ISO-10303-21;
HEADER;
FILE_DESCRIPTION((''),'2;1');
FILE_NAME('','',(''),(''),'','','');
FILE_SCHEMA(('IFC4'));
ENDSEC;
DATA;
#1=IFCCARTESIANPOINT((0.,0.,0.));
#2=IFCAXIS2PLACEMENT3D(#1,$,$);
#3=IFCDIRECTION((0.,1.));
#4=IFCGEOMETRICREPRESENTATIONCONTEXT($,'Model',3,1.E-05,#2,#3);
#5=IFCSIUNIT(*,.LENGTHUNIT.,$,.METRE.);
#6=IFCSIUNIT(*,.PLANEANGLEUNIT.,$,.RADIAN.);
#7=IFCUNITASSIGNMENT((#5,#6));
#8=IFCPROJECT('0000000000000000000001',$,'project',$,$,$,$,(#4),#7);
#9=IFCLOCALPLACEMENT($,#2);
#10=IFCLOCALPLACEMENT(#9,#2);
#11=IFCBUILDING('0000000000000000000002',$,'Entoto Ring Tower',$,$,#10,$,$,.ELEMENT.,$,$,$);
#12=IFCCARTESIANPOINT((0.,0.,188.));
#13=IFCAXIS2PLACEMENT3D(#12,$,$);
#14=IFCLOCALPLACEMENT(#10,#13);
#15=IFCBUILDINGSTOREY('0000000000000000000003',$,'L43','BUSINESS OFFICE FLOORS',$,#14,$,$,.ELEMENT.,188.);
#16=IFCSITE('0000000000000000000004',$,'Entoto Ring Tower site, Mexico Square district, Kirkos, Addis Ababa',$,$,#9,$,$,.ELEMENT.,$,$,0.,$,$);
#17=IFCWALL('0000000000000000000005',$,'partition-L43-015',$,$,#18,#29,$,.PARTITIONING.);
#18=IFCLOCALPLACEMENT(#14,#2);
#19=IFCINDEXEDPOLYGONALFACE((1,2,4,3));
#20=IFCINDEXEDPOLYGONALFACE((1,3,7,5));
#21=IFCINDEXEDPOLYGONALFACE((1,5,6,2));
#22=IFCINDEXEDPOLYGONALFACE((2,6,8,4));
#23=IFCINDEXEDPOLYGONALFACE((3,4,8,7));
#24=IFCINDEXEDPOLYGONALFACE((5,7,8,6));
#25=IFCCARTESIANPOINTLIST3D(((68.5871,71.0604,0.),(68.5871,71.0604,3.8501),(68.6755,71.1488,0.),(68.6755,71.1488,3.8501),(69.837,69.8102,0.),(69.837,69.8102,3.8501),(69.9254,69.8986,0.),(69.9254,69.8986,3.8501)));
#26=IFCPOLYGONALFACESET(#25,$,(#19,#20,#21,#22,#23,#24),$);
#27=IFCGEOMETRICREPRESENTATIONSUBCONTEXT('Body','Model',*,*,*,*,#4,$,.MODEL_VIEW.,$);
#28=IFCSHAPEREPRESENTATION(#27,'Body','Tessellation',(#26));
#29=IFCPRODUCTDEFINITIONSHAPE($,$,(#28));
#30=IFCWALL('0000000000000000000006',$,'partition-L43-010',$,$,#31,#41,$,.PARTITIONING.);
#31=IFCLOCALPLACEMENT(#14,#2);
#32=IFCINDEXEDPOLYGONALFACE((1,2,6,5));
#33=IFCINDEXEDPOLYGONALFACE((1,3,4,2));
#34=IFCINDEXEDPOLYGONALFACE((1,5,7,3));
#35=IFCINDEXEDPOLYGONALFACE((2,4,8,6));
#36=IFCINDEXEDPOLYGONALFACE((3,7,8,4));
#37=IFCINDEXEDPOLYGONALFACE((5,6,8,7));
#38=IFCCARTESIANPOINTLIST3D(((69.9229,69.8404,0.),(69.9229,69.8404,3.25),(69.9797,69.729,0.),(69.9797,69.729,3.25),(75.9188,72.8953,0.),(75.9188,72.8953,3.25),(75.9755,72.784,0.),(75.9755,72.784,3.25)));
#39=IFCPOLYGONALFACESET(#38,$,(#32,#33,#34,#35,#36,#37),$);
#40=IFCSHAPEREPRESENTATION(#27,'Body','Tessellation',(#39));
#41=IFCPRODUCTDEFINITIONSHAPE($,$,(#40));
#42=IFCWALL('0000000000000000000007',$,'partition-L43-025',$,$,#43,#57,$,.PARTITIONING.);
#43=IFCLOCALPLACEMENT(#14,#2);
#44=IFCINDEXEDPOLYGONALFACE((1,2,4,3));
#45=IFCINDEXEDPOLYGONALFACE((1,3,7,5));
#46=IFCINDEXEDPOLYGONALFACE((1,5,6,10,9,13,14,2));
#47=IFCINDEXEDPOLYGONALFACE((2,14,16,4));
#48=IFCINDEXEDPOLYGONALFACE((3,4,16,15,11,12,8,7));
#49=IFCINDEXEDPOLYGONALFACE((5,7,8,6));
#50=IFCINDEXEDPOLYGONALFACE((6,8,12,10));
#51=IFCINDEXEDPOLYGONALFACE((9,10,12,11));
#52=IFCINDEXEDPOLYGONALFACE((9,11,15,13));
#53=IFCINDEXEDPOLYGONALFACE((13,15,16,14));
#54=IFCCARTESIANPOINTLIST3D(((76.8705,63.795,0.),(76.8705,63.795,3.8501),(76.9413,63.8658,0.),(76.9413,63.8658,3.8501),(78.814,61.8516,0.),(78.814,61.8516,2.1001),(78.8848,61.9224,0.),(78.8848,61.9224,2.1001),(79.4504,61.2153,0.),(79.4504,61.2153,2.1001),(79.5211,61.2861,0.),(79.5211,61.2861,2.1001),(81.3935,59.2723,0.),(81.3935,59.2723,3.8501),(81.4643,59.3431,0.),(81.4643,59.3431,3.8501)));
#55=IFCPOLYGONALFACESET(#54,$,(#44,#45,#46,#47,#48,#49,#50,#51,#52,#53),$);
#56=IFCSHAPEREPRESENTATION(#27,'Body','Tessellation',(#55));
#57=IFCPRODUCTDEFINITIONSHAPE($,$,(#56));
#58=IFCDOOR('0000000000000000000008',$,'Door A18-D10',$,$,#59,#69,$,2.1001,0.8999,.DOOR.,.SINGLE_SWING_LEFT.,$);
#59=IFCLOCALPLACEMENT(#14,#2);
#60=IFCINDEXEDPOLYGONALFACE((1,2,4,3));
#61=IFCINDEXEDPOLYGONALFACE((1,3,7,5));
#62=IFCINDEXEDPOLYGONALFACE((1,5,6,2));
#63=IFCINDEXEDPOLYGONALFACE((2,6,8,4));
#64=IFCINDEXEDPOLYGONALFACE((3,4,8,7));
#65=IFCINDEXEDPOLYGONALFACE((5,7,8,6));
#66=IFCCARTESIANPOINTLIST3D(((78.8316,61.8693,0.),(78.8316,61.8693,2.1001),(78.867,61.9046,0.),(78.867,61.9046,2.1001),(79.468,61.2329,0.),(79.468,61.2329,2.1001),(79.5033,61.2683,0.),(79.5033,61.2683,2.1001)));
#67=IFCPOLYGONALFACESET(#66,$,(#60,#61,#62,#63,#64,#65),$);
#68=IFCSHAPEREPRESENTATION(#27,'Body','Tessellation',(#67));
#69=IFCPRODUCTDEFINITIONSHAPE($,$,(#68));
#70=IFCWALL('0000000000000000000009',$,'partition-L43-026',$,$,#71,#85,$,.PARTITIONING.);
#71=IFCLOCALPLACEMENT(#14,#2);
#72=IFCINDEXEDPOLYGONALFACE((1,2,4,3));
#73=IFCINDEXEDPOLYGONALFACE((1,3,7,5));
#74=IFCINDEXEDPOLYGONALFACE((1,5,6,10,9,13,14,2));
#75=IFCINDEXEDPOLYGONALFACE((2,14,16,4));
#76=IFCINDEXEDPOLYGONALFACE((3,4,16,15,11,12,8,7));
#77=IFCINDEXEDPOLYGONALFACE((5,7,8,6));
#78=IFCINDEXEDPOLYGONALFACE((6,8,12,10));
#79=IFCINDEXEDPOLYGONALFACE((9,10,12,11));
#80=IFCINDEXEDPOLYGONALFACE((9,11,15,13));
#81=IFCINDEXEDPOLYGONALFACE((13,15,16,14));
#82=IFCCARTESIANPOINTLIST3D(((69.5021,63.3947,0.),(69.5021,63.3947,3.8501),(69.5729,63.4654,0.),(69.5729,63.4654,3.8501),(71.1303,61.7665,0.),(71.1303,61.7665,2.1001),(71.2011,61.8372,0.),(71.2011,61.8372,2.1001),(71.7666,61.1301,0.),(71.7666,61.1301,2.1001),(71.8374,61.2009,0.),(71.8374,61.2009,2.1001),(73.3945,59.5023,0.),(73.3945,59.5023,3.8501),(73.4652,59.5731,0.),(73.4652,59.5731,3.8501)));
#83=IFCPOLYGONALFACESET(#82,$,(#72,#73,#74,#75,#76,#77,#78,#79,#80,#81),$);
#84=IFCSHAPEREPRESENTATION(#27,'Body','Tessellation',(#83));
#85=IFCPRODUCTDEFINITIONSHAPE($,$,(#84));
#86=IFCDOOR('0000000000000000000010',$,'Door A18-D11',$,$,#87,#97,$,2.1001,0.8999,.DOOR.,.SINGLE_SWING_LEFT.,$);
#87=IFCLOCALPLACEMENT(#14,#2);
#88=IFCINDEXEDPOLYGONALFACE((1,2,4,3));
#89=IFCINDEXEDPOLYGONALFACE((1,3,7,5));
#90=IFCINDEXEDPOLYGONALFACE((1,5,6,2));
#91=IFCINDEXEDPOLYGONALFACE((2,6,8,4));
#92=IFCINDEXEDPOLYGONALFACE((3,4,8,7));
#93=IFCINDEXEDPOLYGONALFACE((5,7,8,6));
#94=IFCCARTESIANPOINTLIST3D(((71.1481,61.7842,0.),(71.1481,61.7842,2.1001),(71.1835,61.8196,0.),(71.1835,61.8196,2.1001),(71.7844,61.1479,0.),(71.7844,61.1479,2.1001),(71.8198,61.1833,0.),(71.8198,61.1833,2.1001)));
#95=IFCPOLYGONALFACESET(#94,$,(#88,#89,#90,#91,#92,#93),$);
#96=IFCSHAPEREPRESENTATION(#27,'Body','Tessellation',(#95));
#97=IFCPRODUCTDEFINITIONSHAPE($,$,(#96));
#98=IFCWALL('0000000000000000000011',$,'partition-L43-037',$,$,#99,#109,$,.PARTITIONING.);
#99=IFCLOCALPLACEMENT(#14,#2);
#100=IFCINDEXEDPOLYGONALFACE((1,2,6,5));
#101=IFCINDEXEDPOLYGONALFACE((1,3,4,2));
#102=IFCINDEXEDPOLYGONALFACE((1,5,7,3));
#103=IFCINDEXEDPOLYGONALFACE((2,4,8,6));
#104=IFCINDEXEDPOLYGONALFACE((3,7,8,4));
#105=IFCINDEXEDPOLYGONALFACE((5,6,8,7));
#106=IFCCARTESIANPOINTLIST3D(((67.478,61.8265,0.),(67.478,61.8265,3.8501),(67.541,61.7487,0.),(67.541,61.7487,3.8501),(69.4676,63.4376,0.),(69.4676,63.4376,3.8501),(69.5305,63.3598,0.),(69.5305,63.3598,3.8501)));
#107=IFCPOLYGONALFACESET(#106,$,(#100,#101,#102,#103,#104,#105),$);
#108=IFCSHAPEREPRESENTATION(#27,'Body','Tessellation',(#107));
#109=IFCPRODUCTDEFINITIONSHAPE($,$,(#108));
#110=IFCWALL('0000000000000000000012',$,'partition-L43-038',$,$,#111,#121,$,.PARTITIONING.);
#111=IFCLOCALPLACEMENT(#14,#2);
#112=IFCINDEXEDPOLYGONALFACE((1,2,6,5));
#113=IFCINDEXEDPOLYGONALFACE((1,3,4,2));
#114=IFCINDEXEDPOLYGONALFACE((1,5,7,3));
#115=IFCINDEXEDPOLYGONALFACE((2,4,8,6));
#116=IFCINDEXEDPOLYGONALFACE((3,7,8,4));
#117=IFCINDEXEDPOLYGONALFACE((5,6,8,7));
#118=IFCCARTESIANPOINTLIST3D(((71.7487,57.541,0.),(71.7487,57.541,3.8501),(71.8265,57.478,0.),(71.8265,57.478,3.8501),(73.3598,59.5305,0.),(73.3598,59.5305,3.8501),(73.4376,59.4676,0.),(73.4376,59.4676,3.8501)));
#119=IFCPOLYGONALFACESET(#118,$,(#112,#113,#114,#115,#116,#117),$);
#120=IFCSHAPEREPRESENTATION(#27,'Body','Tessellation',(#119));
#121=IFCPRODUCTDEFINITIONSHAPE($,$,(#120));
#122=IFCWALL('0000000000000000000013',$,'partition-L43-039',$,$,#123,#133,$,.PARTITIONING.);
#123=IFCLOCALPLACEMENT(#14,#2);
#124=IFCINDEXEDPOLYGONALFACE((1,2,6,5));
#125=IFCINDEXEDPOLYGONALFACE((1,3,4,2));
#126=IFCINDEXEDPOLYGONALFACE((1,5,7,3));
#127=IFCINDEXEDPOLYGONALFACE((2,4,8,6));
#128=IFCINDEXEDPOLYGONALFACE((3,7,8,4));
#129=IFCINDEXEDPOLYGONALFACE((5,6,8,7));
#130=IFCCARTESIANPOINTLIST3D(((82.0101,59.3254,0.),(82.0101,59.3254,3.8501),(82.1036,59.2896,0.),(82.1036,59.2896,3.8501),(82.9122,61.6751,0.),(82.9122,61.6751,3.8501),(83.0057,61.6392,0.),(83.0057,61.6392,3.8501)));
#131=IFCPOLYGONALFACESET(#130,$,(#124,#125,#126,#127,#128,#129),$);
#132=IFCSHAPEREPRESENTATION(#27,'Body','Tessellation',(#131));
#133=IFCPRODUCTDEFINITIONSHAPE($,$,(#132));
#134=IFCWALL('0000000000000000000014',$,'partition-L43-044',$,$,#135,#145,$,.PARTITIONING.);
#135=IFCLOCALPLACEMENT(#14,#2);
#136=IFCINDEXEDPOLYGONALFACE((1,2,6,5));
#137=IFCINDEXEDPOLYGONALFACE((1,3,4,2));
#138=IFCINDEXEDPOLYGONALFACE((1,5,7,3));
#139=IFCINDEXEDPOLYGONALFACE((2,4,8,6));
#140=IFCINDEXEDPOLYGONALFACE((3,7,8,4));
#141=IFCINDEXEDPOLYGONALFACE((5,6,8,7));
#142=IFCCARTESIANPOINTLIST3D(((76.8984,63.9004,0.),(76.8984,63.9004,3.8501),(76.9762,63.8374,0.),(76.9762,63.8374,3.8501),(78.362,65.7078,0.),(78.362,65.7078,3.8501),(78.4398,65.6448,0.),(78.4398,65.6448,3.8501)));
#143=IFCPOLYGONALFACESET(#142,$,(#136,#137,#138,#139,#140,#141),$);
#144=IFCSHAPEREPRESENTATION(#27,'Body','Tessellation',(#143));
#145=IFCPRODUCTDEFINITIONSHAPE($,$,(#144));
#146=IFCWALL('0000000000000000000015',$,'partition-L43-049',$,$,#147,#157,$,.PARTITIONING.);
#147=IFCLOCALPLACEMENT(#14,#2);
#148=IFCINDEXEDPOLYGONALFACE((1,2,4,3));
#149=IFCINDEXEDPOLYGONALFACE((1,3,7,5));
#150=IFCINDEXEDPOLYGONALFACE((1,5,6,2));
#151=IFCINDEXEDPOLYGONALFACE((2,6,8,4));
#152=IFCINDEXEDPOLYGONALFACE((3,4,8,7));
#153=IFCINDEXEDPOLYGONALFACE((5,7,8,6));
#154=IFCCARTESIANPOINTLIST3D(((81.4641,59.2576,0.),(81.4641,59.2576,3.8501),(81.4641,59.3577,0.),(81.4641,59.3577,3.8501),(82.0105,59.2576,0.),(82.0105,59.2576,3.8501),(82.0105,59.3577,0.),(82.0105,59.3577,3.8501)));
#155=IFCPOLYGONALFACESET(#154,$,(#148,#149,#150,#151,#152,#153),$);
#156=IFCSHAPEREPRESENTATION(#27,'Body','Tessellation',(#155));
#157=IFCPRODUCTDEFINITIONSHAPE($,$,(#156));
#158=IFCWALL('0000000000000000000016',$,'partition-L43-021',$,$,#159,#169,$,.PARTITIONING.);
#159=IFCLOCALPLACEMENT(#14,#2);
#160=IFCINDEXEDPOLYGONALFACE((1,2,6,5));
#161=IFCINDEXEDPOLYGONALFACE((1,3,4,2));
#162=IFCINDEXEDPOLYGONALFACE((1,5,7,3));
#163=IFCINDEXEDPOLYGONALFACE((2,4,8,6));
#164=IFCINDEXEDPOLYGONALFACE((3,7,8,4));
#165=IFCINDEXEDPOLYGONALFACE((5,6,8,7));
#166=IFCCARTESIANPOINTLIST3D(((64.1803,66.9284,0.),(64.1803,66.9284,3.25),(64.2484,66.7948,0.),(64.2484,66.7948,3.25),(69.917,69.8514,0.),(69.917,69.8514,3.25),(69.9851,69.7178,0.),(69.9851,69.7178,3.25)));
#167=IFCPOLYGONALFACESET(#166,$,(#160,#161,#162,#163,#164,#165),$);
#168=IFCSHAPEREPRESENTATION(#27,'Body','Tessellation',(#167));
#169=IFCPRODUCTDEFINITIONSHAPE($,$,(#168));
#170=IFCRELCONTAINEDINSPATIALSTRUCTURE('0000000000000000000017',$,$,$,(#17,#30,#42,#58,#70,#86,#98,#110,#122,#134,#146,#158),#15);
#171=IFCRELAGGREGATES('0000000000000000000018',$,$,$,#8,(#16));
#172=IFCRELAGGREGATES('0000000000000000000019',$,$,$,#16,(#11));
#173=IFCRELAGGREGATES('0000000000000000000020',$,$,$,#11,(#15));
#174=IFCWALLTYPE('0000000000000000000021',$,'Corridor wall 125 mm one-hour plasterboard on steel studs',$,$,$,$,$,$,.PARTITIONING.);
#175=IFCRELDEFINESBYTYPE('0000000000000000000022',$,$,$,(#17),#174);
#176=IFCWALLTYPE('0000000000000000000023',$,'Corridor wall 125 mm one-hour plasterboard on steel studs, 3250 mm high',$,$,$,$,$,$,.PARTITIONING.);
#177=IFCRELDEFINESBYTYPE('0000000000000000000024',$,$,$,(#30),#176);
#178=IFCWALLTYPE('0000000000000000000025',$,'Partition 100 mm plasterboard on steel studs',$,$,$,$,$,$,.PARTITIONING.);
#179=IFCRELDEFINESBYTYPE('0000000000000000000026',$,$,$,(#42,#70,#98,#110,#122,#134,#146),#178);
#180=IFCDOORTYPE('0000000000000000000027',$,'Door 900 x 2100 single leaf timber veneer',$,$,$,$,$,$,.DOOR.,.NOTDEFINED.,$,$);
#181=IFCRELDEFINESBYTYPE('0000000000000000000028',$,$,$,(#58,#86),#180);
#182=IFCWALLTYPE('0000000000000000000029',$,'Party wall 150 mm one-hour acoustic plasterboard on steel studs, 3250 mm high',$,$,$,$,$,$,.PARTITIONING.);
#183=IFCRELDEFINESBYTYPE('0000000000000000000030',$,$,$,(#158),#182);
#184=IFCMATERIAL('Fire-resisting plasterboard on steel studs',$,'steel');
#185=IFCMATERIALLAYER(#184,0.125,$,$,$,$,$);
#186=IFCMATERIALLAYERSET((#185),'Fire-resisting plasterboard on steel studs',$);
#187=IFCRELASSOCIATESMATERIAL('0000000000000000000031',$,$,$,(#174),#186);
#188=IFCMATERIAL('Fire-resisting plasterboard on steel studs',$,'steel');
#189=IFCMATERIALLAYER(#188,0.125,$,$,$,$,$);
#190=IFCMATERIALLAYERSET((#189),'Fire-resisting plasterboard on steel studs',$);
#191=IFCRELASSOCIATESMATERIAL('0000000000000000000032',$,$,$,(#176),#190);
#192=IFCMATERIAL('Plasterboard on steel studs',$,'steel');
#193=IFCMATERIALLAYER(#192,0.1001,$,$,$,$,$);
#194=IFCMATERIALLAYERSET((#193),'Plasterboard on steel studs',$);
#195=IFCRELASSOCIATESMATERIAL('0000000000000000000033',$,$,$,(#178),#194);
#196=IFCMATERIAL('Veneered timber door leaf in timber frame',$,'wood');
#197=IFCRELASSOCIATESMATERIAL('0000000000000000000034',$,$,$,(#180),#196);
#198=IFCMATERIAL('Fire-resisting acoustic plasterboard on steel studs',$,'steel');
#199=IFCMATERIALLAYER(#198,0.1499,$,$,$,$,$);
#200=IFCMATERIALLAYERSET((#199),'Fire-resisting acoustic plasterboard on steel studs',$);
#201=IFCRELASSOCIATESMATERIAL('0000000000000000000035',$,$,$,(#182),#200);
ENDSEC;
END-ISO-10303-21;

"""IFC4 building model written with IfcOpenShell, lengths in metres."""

from ifc_helpers import new_model, si_unit, direction, frame, frame_2d, origin, place, context, subcontext, project, spatial, rectangle, extrude, material, layer, layer_set, type_object, element, fill, save


model = new_model("IFC4")

# Units and contexts
model_context = context("Model", 3, precision=1e-05, world=origin(), true_north=direction((0.0, 1.0)))
body_context = subcontext(model_context, "Body", "Model", "MODEL_VIEW")
ifc_project = project(units=[si_unit("LENGTHUNIT", "METRE"), si_unit("PLANEANGLEUNIT", "RADIAN")], contexts=[model_context])

# Site, building, storey
site_placement = place(None, origin())
site = spatial("IfcSite", under=ifc_project, at=site_placement, Name="Entoto Ring Tower site, Mexico Square district, Kirkos, Addis Ababa", CompositionType="ELEMENT", RefElevation=0.0)
building_placement = place(site_placement, origin())
building = spatial("IfcBuilding", under=site, at=building_placement, Name="Entoto Ring Tower", CompositionType="ELEMENT")
storey_placement = place(building_placement, frame((0.0, 0.0, 188.0)))
storey = spatial("IfcBuildingStorey", under=building, at=storey_placement, Name="L43", Description="BUSINESS OFFICE FLOORS", CompositionType="ELEMENT", Elevation=188.0)

# Shared definitions
ifc_material_1 = material(Name="Fire-resisting plasterboard on steel studs", Category="steel")
ifc_layer_1 = layer(ifc_material_1, 0.125)
ifc_layer_set_1 = layer_set([ifc_layer_1], Name="Fire-resisting plasterboard on steel studs")
wall_type_1 = type_object("IfcWallType", Name="Corridor wall 125 mm one-hour plasterboard on steel studs", PredefinedType="PARTITIONING", material=ifc_layer_set_1)

# Walls
wall_1_placement = place(storey_placement, frame((69.8811, 69.8545, 0.0), z_axis=(0.0, 0.0, 1.0), x_axis=(-0.707038, 0.707176, 0.0)))
element("IfcWall", 1, at=wall_1_placement, inside=storey, type_object=wall_type_1, Name="partition-L43-015", PredefinedType="PARTITIONING", context=body_context, shape_type="SweptSolid", body=[
    extrude(rectangle(XDim=1.7678, YDim=0.125, at=frame_2d((0.8838, 0.0))), origin(), (0.0, 0.0, 1.0), 3.8501),
])
ifc_material_2 = material(Name="Fire-resisting plasterboard on steel studs", Category="steel")
ifc_layer_2 = layer(ifc_material_2, 0.125)
ifc_layer_set_2 = layer_set([ifc_layer_2], Name="Fire-resisting plasterboard on steel studs")
wall_type_2 = type_object("IfcWallType", Name="Corridor wall 125 mm one-hour plasterboard on steel studs, 3250 mm high", PredefinedType="PARTITIONING", material=ifc_layer_set_2)
wall_2_placement = place(storey_placement, frame((69.9512, 69.7847, 0.0), z_axis=(0.0, 0.0, 1.0), x_axis=(0.891013, 0.453978, 0.0)))
element("IfcWall", 2, at=wall_2_placement, inside=storey, type_object=wall_type_2, Name="partition-L43-010", PredefinedType="PARTITIONING", context=body_context, shape_type="SweptSolid", body=[
    extrude(rectangle(XDim=6.7292, YDim=0.125, at=frame_2d((3.3647, 0.0))), origin(), (0.0, 0.0, 1.0), 3.25),
])

# Walls, openings, doors
ifc_material_3 = material(Name="Plasterboard on steel studs", Category="steel")
ifc_layer_3 = layer(ifc_material_3, 0.1001)
ifc_layer_set_3 = layer_set([ifc_layer_3], Name="Plasterboard on steel studs")
wall_type_3 = type_object("IfcWallType", Name="Partition 100 mm plasterboard on steel studs", PredefinedType="PARTITIONING", material=ifc_layer_set_3)
wall_3_placement = place(storey_placement, frame((81.429, 59.3076, 0.0), z_axis=(0.0, 0.0, 1.0), x_axis=(-0.707126, 0.707088, 0.0)))
wall_3 = element("IfcWall", 3, at=wall_3_placement, inside=storey, type_object=wall_type_3, Name="partition-L43-025", PredefinedType="PARTITIONING", context=body_context, shape_type="SweptSolid", body=[
    extrude(rectangle(XDim=6.3962, YDim=0.1001, at=frame_2d((3.1982, 0.0))), origin(), (0.0, 0.0, 1.0), 3.8501),
])
opening_1_placement = place(wall_3_placement, frame((2.748, 0.0, 0.0)))
opening_1 = element("IfcOpeningElement", 4, at=opening_1_placement, cuts=wall_3, PredefinedType="OPENING", context=body_context, shape_type="SweptSolid", body=[
    extrude(rectangle(XDim=0.8999, YDim=2.1001, at=frame_2d((0.45, 1.05))), frame((0.0, 0.0601, 0.0), z_axis=(0.0, -1.0, 0.0), x_axis=(1.0, 0.0, 0.0)), (0.0, 0.0, 1.0), 0.1201),
])
ifc_material_4 = material(Name="Veneered timber door leaf in timber frame", Category="wood")
door_type_1 = type_object("IfcDoorType", Name="Door 900 x 2100 single leaf timber veneer", OperationType="NOTDEFINED", PredefinedType="DOOR", material=ifc_material_4)
door_1_placement = place(opening_1_placement, frame((0.8999, 0.0, 0.0), z_axis=(0.0, 0.0, 1.0), x_axis=(-1.0, 0.0, 0.0)))
door_1 = element("IfcDoor", 5, at=door_1_placement, inside=storey, type_object=door_type_1, Name="Door A18-D10", OperationType="SINGLE_SWING_LEFT", OverallHeight=2.1001, OverallWidth=0.8999, PredefinedType="DOOR", context=body_context, shape_type="SweptSolid", body=[
    extrude(rectangle(XDim=0.8999, YDim=2.1001, at=frame_2d((0.45, 1.05))), frame((0.0, 0.0249, 0.0), z_axis=(0.0, -1.0, 0.0), x_axis=(1.0, 0.0, 0.0)), (0.0, 0.0, 1.0), 0.05),
])
fill(opening_1, door_1)
wall_4_placement = place(storey_placement, frame((73.4299, 59.5376, 0.0), z_axis=(0.0, 0.0, 1.0), x_axis=(-0.707107, 0.707107, 0.0)))
wall_4 = element("IfcWall", 6, at=wall_4_placement, inside=storey, type_object=wall_type_3, Name="partition-L43-026", PredefinedType="PARTITIONING", context=body_context, shape_type="SweptSolid", body=[
    extrude(rectangle(XDim=5.5046, YDim=0.1001, at=frame_2d((2.7524, 0.0))), origin(), (0.0, 0.0, 1.0), 3.8501),
])
opening_2_placement = place(wall_4_placement, frame((2.3022, 0.0, 0.0)))
opening_2 = element("IfcOpeningElement", 7, at=opening_2_placement, cuts=wall_4, PredefinedType="OPENING", context=body_context, shape_type="SweptSolid", body=[
    extrude(rectangle(XDim=0.8999, YDim=2.1001, at=frame_2d((0.45, 1.05))), frame((0.0, 0.0601, 0.0), z_axis=(0.0, -1.0, 0.0), x_axis=(1.0, 0.0, 0.0)), (0.0, 0.0, 1.0), 0.1201),
])
door_2_placement = place(opening_2_placement, origin())
door_2 = element("IfcDoor", 8, at=door_2_placement, inside=storey, type_object=door_type_1, Name="Door A18-D11", OperationType="SINGLE_SWING_LEFT", OverallHeight=2.1001, OverallWidth=0.8999, PredefinedType="DOOR", context=body_context, shape_type="SweptSolid", body=[
    extrude(rectangle(XDim=0.8999, YDim=2.1001, at=frame_2d((0.45, 1.05))), frame((0.0, 0.0249, 0.0), z_axis=(0.0, -1.0, 0.0), x_axis=(1.0, 0.0, 0.0)), (0.0, 0.0, 1.0), 0.05),
])
fill(opening_2, door_2)

# Walls
for number, where, z_axis, x_axis, name in (
    (9, (67.5095, 61.7876, 0.0), (0.0, 0.0, 1.0), (0.777143, 0.629324, 0.0), "partition-L43-037"),
    (10, (71.7876, 57.5095, 0.0), (0.0, 0.0, 1.0), (0.629324, 0.777143, 0.0), "partition-L43-038"),
):
    element("IfcWall", number, at=place(storey_placement, frame(where, z_axis=z_axis, x_axis=x_axis)), inside=storey, type_object=wall_type_3, Name=name, PredefinedType="PARTITIONING", context=body_context, shape_type="SweptSolid", body=[
        extrude(rectangle(XDim=2.5601, YDim=0.1001, at=frame_2d((1.28, 0.0))), origin(), (0.0, 0.0, 1.0), 3.8501),
    ])
wall_5_placement = place(storey_placement, frame((82.0569, 59.3076, 0.0), z_axis=(0.0, 0.0, 1.0), x_axis=(0.358426, 0.933558, 0.0)))
element("IfcWall", 11, at=wall_5_placement, inside=storey, type_object=wall_type_3, Name="partition-L43-039", PredefinedType="PARTITIONING", context=body_context, shape_type="SweptSolid", body=[
    extrude(rectangle(XDim=2.5168, YDim=0.1001, at=frame_2d((1.2583, 0.0))), origin(), (0.0, 0.0, 1.0), 3.8501),
])
wall_6_placement = place(storey_placement, frame((76.9373, 63.8689, 0.0), z_axis=(0.0, 0.0, 1.0), x_axis=(0.629331, 0.777137, 0.0)))
element("IfcWall", 12, at=wall_6_placement, inside=storey, type_object=wall_type_3, Name="partition-L43-044", PredefinedType="PARTITIONING", context=body_context, shape_type="SweptSolid", body=[
    extrude(rectangle(XDim=2.3257, YDim=0.1001, at=frame_2d((1.1628, 0.0))), origin(), (0.0, 0.0, 1.0), 3.8501),
])
wall_7_placement = place(storey_placement, frame((81.4641, 59.3076, 0.0), z_axis=(0.0, 0.0, 1.0), x_axis=(1.0, 0.0, 0.0)))
element("IfcWall", 13, at=wall_7_placement, inside=storey, type_object=wall_type_3, Name="partition-L43-049", PredefinedType="PARTITIONING", context=body_context, shape_type="SweptSolid", body=[
    extrude(rectangle(XDim=0.5464, YDim=0.1001, at=frame_2d((0.2732, 0.0))), origin(), (0.0, 0.0, 1.0), 3.8501),
])
ifc_material_5 = material(Name="Fire-resisting acoustic plasterboard on steel studs", Category="steel")
ifc_layer_4 = layer(ifc_material_5, 0.1499)
ifc_layer_set_4 = layer_set([ifc_layer_4], Name="Fire-resisting acoustic plasterboard on steel studs")
wall_type_4 = type_object("IfcWallType", Name="Party wall 150 mm one-hour acoustic plasterboard on steel studs, 3250 mm high", PredefinedType="PARTITIONING", material=ifc_layer_set_4)
wall_8_placement = place(storey_placement, frame((64.2144, 66.8616, 0.0), z_axis=(0.0, 0.0, 1.0), x_axis=(0.891004, 0.453996, 0.0)))
element("IfcWall", 14, at=wall_8_placement, inside=storey, type_object=wall_type_4, Name="partition-L43-021", PredefinedType="PARTITIONING", context=body_context, shape_type="SweptSolid", body=[
    extrude(rectangle(XDim=6.4385, YDim=0.1499, at=frame_2d((3.2192, 0.0))), origin(), (0.0, 0.0, 1.0), 3.25),
])

save(model, "model.ifc")
